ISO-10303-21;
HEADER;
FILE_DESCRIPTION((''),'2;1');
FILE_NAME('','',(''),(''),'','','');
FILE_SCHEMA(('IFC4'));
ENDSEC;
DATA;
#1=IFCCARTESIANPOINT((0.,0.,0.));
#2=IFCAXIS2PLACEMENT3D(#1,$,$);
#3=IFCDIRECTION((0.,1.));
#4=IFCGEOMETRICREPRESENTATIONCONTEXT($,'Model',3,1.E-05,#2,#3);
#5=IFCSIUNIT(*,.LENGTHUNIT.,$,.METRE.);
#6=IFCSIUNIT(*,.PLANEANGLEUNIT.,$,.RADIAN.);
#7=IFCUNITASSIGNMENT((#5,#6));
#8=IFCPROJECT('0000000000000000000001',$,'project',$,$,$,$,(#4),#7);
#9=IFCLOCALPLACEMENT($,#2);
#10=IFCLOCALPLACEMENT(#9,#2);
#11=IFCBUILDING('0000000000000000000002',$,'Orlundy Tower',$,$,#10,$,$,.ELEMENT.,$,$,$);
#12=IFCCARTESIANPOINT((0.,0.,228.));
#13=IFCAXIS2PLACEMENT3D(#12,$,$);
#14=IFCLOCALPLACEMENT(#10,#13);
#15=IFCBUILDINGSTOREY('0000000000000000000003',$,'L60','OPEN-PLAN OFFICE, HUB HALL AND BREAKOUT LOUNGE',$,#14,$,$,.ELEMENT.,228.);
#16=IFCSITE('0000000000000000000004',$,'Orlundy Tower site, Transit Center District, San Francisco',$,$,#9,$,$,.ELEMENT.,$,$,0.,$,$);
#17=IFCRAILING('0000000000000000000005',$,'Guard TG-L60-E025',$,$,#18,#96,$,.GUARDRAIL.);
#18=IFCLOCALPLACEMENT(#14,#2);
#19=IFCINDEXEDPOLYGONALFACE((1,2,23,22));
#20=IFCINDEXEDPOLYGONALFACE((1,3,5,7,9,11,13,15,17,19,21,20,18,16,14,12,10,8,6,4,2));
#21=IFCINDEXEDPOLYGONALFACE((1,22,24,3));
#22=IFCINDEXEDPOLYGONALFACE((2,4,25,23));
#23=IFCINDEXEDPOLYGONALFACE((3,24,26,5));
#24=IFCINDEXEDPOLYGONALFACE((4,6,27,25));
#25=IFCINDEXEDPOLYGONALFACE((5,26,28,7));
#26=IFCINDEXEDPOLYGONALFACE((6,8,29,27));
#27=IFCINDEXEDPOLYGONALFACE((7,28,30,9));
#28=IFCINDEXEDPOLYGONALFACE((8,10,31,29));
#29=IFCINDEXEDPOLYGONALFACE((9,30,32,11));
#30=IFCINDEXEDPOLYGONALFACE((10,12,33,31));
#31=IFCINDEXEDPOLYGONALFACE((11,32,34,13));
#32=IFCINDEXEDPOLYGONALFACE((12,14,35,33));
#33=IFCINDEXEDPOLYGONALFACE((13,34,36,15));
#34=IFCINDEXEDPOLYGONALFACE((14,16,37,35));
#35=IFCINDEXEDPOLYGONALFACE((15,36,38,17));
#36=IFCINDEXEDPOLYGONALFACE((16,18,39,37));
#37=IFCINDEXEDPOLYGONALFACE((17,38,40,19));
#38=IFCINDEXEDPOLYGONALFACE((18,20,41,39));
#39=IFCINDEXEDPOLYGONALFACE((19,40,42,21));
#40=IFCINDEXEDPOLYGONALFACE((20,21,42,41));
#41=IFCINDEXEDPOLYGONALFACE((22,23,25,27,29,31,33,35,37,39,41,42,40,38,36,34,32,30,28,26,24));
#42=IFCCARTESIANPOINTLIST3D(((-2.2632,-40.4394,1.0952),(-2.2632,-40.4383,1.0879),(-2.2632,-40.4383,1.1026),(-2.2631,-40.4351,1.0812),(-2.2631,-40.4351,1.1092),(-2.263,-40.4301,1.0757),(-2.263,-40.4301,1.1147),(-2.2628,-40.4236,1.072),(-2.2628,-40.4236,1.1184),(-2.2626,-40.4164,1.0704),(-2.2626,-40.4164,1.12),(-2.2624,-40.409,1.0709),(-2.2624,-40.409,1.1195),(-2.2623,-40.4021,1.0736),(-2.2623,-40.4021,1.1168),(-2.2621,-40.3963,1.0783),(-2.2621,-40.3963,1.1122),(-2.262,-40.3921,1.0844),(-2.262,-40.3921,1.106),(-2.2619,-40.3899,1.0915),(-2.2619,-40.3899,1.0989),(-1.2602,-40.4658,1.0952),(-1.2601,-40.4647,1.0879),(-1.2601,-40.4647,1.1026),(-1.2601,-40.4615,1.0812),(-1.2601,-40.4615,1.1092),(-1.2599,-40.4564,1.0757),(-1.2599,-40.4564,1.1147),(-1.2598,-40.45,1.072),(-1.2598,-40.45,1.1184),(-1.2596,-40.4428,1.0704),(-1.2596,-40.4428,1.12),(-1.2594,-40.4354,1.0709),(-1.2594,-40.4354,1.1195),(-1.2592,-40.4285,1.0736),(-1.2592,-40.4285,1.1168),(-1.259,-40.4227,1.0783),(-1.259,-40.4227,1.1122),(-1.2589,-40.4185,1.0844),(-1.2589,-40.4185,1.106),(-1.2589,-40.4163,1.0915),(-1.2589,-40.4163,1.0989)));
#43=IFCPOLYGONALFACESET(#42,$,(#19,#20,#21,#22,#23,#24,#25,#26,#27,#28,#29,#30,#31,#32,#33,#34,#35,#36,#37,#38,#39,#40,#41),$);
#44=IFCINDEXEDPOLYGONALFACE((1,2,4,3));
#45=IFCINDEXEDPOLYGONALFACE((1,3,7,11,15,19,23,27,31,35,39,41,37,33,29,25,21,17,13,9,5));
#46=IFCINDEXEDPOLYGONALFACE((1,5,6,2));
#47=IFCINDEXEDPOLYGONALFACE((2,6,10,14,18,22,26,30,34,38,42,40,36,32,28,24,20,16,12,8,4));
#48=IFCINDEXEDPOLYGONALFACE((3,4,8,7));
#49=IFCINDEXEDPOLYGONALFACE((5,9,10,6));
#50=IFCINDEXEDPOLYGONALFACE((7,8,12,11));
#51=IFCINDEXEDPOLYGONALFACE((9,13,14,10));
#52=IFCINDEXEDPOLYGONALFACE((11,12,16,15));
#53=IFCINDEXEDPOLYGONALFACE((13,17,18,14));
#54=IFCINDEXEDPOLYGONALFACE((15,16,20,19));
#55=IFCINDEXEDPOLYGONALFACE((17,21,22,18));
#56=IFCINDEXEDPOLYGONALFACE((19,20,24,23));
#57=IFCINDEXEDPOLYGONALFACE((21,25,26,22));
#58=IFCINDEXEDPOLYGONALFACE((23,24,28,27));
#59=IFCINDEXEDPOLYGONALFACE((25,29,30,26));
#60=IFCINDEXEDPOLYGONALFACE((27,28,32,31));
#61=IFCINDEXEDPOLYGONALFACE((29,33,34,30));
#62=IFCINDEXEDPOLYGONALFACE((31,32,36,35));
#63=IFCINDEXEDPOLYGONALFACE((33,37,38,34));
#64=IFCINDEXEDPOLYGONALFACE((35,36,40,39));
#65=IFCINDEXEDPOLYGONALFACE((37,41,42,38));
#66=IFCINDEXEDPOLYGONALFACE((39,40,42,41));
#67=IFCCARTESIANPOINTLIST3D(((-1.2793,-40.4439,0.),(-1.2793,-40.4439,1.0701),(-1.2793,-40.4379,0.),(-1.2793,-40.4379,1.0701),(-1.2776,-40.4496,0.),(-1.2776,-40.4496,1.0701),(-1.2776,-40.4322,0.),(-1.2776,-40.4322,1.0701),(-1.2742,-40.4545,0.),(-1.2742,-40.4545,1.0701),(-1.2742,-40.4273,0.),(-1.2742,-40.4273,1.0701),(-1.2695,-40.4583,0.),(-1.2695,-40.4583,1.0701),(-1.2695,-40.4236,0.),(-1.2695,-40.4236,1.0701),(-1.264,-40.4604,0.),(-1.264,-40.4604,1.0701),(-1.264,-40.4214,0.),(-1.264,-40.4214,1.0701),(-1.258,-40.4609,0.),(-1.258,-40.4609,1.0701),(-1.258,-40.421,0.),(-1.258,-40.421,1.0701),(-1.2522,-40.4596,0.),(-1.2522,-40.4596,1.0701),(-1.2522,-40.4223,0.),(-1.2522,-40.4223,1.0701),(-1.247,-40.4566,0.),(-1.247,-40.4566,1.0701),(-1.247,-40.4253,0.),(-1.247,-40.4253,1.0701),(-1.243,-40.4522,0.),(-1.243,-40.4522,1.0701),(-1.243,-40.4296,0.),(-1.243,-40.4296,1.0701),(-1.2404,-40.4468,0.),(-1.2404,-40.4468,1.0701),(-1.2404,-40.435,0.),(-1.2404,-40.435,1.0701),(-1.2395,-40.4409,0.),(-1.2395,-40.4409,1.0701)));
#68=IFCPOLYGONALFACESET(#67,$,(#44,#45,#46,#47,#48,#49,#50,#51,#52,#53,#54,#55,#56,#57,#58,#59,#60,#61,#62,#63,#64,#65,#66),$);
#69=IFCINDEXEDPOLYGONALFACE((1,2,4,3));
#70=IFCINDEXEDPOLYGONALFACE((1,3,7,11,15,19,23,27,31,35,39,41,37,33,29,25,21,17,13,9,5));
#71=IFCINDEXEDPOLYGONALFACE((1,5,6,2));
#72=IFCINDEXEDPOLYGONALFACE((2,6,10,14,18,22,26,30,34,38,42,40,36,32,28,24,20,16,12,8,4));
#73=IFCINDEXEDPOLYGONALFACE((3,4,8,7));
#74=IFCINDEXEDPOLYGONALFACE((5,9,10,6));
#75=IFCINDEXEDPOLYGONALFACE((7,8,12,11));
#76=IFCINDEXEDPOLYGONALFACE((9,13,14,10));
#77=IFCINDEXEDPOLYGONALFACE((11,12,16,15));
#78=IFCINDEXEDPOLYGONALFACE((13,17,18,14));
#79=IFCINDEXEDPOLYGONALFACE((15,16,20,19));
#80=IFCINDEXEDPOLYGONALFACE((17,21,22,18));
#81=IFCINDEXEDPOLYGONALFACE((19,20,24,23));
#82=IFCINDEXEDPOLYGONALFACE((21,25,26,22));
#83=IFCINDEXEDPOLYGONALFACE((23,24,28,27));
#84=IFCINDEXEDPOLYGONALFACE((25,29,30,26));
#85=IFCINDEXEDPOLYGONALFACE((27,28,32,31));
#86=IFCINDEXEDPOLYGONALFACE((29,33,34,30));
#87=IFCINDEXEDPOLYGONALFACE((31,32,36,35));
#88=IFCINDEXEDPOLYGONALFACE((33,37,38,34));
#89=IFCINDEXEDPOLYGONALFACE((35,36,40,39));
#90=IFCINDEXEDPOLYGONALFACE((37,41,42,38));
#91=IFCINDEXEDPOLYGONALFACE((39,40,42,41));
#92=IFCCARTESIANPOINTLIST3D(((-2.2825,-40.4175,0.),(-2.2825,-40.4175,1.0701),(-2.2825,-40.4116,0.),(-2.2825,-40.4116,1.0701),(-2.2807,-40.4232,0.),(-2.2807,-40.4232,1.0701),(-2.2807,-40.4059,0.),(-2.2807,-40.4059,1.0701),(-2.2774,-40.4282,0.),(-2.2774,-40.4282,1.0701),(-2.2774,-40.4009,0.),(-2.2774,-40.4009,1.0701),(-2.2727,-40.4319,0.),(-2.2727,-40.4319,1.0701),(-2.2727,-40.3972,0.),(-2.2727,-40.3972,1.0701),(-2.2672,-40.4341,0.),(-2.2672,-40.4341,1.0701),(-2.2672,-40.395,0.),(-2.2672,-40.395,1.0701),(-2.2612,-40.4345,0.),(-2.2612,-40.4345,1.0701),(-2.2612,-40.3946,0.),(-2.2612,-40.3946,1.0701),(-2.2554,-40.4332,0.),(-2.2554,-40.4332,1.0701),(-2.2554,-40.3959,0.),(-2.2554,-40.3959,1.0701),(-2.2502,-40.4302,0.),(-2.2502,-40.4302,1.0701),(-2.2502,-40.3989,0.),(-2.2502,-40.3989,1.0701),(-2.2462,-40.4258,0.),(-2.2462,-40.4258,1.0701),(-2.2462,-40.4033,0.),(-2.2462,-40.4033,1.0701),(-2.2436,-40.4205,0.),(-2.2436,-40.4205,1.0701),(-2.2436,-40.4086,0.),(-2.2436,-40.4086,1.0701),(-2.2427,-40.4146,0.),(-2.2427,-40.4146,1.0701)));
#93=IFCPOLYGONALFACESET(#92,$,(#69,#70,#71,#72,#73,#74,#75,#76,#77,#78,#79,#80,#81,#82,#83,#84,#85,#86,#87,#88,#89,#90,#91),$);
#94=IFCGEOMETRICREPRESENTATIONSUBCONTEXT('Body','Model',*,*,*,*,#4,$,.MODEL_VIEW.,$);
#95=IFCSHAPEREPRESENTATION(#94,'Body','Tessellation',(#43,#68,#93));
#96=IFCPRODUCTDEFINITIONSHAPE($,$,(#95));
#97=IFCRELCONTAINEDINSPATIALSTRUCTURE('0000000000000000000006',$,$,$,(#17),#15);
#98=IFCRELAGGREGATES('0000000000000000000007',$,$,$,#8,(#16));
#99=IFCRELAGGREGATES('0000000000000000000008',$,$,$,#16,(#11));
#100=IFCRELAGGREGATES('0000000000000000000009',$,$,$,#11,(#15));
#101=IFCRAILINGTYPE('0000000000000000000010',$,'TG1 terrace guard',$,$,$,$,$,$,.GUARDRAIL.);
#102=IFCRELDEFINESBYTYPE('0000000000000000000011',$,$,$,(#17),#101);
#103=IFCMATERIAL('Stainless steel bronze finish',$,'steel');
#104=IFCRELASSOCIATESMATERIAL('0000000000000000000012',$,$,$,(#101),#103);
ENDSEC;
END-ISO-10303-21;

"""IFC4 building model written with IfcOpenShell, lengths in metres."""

from ifc_helpers import new_model, si_unit, direction, frame, origin, origin_2d, place, context, subcontext, project, spatial, circle, extrude, material, type_object, element, save


model = new_model("IFC4")

# Units and contexts
model_context = context("Model", 3, precision=1e-05, world=origin(), true_north=direction((0.0, 1.0)))
body_context = subcontext(model_context, "Body", "Model", "MODEL_VIEW")
ifc_project = project(units=[si_unit("LENGTHUNIT", "METRE"), si_unit("PLANEANGLEUNIT", "RADIAN")], contexts=[model_context])

# Site, building, storey
site_placement = place(None, origin())
site = spatial("IfcSite", under=ifc_project, at=site_placement, Name="Orlundy Tower site, Transit Center District, San Francisco", CompositionType="ELEMENT", RefElevation=0.0)
building_placement = place(site_placement, origin())
building = spatial("IfcBuilding", under=site, at=building_placement, Name="Orlundy Tower", CompositionType="ELEMENT")
storey_placement = place(building_placement, frame((0.0, 0.0, 228.0)))
storey = spatial("IfcBuildingStorey", under=building, at=storey_placement, Name="L60", Description="OPEN-PLAN OFFICE, HUB HALL AND BREAKOUT LOUNGE", CompositionType="ELEMENT", Elevation=228.0)

# Railing
ifc_material_1 = material(Name="Stainless steel bronze finish", Category="steel")
railing_type = type_object("IfcRailingType", Name="TG1 terrace guard", PredefinedType="GUARDRAIL", material=ifc_material_1)
railing_1_placement = place(storey_placement, frame((-1.2595, -40.4409, 0.0)))
element("IfcRailing", 1, at=railing_1_placement, inside=storey, type_object=railing_type, Name="Guard TG-L60-E025", PredefinedType="GUARDRAIL", context=body_context, shape_type="SweptSolid", body=[
    extrude(circle(Radius=0.0249, at=origin_2d()), frame((0.0, 0.0, 1.0952), z_axis=(-0.999655, 0.026275, 0.0), x_axis=(-0.026275, -0.999655, 0.0)), (0.0, 0.0, 1.0), 1.0034),
    extrude(circle(Radius=0.02, at=origin_2d()), origin(), (0.0, 0.0, 1.0), 1.0701),
    extrude(circle(Radius=0.02, at=origin_2d()), frame((-1.0032, 0.0264, 0.0)), (0.0, 0.0, 1.0), 1.0701),
])

save(model, "model.ifc")
